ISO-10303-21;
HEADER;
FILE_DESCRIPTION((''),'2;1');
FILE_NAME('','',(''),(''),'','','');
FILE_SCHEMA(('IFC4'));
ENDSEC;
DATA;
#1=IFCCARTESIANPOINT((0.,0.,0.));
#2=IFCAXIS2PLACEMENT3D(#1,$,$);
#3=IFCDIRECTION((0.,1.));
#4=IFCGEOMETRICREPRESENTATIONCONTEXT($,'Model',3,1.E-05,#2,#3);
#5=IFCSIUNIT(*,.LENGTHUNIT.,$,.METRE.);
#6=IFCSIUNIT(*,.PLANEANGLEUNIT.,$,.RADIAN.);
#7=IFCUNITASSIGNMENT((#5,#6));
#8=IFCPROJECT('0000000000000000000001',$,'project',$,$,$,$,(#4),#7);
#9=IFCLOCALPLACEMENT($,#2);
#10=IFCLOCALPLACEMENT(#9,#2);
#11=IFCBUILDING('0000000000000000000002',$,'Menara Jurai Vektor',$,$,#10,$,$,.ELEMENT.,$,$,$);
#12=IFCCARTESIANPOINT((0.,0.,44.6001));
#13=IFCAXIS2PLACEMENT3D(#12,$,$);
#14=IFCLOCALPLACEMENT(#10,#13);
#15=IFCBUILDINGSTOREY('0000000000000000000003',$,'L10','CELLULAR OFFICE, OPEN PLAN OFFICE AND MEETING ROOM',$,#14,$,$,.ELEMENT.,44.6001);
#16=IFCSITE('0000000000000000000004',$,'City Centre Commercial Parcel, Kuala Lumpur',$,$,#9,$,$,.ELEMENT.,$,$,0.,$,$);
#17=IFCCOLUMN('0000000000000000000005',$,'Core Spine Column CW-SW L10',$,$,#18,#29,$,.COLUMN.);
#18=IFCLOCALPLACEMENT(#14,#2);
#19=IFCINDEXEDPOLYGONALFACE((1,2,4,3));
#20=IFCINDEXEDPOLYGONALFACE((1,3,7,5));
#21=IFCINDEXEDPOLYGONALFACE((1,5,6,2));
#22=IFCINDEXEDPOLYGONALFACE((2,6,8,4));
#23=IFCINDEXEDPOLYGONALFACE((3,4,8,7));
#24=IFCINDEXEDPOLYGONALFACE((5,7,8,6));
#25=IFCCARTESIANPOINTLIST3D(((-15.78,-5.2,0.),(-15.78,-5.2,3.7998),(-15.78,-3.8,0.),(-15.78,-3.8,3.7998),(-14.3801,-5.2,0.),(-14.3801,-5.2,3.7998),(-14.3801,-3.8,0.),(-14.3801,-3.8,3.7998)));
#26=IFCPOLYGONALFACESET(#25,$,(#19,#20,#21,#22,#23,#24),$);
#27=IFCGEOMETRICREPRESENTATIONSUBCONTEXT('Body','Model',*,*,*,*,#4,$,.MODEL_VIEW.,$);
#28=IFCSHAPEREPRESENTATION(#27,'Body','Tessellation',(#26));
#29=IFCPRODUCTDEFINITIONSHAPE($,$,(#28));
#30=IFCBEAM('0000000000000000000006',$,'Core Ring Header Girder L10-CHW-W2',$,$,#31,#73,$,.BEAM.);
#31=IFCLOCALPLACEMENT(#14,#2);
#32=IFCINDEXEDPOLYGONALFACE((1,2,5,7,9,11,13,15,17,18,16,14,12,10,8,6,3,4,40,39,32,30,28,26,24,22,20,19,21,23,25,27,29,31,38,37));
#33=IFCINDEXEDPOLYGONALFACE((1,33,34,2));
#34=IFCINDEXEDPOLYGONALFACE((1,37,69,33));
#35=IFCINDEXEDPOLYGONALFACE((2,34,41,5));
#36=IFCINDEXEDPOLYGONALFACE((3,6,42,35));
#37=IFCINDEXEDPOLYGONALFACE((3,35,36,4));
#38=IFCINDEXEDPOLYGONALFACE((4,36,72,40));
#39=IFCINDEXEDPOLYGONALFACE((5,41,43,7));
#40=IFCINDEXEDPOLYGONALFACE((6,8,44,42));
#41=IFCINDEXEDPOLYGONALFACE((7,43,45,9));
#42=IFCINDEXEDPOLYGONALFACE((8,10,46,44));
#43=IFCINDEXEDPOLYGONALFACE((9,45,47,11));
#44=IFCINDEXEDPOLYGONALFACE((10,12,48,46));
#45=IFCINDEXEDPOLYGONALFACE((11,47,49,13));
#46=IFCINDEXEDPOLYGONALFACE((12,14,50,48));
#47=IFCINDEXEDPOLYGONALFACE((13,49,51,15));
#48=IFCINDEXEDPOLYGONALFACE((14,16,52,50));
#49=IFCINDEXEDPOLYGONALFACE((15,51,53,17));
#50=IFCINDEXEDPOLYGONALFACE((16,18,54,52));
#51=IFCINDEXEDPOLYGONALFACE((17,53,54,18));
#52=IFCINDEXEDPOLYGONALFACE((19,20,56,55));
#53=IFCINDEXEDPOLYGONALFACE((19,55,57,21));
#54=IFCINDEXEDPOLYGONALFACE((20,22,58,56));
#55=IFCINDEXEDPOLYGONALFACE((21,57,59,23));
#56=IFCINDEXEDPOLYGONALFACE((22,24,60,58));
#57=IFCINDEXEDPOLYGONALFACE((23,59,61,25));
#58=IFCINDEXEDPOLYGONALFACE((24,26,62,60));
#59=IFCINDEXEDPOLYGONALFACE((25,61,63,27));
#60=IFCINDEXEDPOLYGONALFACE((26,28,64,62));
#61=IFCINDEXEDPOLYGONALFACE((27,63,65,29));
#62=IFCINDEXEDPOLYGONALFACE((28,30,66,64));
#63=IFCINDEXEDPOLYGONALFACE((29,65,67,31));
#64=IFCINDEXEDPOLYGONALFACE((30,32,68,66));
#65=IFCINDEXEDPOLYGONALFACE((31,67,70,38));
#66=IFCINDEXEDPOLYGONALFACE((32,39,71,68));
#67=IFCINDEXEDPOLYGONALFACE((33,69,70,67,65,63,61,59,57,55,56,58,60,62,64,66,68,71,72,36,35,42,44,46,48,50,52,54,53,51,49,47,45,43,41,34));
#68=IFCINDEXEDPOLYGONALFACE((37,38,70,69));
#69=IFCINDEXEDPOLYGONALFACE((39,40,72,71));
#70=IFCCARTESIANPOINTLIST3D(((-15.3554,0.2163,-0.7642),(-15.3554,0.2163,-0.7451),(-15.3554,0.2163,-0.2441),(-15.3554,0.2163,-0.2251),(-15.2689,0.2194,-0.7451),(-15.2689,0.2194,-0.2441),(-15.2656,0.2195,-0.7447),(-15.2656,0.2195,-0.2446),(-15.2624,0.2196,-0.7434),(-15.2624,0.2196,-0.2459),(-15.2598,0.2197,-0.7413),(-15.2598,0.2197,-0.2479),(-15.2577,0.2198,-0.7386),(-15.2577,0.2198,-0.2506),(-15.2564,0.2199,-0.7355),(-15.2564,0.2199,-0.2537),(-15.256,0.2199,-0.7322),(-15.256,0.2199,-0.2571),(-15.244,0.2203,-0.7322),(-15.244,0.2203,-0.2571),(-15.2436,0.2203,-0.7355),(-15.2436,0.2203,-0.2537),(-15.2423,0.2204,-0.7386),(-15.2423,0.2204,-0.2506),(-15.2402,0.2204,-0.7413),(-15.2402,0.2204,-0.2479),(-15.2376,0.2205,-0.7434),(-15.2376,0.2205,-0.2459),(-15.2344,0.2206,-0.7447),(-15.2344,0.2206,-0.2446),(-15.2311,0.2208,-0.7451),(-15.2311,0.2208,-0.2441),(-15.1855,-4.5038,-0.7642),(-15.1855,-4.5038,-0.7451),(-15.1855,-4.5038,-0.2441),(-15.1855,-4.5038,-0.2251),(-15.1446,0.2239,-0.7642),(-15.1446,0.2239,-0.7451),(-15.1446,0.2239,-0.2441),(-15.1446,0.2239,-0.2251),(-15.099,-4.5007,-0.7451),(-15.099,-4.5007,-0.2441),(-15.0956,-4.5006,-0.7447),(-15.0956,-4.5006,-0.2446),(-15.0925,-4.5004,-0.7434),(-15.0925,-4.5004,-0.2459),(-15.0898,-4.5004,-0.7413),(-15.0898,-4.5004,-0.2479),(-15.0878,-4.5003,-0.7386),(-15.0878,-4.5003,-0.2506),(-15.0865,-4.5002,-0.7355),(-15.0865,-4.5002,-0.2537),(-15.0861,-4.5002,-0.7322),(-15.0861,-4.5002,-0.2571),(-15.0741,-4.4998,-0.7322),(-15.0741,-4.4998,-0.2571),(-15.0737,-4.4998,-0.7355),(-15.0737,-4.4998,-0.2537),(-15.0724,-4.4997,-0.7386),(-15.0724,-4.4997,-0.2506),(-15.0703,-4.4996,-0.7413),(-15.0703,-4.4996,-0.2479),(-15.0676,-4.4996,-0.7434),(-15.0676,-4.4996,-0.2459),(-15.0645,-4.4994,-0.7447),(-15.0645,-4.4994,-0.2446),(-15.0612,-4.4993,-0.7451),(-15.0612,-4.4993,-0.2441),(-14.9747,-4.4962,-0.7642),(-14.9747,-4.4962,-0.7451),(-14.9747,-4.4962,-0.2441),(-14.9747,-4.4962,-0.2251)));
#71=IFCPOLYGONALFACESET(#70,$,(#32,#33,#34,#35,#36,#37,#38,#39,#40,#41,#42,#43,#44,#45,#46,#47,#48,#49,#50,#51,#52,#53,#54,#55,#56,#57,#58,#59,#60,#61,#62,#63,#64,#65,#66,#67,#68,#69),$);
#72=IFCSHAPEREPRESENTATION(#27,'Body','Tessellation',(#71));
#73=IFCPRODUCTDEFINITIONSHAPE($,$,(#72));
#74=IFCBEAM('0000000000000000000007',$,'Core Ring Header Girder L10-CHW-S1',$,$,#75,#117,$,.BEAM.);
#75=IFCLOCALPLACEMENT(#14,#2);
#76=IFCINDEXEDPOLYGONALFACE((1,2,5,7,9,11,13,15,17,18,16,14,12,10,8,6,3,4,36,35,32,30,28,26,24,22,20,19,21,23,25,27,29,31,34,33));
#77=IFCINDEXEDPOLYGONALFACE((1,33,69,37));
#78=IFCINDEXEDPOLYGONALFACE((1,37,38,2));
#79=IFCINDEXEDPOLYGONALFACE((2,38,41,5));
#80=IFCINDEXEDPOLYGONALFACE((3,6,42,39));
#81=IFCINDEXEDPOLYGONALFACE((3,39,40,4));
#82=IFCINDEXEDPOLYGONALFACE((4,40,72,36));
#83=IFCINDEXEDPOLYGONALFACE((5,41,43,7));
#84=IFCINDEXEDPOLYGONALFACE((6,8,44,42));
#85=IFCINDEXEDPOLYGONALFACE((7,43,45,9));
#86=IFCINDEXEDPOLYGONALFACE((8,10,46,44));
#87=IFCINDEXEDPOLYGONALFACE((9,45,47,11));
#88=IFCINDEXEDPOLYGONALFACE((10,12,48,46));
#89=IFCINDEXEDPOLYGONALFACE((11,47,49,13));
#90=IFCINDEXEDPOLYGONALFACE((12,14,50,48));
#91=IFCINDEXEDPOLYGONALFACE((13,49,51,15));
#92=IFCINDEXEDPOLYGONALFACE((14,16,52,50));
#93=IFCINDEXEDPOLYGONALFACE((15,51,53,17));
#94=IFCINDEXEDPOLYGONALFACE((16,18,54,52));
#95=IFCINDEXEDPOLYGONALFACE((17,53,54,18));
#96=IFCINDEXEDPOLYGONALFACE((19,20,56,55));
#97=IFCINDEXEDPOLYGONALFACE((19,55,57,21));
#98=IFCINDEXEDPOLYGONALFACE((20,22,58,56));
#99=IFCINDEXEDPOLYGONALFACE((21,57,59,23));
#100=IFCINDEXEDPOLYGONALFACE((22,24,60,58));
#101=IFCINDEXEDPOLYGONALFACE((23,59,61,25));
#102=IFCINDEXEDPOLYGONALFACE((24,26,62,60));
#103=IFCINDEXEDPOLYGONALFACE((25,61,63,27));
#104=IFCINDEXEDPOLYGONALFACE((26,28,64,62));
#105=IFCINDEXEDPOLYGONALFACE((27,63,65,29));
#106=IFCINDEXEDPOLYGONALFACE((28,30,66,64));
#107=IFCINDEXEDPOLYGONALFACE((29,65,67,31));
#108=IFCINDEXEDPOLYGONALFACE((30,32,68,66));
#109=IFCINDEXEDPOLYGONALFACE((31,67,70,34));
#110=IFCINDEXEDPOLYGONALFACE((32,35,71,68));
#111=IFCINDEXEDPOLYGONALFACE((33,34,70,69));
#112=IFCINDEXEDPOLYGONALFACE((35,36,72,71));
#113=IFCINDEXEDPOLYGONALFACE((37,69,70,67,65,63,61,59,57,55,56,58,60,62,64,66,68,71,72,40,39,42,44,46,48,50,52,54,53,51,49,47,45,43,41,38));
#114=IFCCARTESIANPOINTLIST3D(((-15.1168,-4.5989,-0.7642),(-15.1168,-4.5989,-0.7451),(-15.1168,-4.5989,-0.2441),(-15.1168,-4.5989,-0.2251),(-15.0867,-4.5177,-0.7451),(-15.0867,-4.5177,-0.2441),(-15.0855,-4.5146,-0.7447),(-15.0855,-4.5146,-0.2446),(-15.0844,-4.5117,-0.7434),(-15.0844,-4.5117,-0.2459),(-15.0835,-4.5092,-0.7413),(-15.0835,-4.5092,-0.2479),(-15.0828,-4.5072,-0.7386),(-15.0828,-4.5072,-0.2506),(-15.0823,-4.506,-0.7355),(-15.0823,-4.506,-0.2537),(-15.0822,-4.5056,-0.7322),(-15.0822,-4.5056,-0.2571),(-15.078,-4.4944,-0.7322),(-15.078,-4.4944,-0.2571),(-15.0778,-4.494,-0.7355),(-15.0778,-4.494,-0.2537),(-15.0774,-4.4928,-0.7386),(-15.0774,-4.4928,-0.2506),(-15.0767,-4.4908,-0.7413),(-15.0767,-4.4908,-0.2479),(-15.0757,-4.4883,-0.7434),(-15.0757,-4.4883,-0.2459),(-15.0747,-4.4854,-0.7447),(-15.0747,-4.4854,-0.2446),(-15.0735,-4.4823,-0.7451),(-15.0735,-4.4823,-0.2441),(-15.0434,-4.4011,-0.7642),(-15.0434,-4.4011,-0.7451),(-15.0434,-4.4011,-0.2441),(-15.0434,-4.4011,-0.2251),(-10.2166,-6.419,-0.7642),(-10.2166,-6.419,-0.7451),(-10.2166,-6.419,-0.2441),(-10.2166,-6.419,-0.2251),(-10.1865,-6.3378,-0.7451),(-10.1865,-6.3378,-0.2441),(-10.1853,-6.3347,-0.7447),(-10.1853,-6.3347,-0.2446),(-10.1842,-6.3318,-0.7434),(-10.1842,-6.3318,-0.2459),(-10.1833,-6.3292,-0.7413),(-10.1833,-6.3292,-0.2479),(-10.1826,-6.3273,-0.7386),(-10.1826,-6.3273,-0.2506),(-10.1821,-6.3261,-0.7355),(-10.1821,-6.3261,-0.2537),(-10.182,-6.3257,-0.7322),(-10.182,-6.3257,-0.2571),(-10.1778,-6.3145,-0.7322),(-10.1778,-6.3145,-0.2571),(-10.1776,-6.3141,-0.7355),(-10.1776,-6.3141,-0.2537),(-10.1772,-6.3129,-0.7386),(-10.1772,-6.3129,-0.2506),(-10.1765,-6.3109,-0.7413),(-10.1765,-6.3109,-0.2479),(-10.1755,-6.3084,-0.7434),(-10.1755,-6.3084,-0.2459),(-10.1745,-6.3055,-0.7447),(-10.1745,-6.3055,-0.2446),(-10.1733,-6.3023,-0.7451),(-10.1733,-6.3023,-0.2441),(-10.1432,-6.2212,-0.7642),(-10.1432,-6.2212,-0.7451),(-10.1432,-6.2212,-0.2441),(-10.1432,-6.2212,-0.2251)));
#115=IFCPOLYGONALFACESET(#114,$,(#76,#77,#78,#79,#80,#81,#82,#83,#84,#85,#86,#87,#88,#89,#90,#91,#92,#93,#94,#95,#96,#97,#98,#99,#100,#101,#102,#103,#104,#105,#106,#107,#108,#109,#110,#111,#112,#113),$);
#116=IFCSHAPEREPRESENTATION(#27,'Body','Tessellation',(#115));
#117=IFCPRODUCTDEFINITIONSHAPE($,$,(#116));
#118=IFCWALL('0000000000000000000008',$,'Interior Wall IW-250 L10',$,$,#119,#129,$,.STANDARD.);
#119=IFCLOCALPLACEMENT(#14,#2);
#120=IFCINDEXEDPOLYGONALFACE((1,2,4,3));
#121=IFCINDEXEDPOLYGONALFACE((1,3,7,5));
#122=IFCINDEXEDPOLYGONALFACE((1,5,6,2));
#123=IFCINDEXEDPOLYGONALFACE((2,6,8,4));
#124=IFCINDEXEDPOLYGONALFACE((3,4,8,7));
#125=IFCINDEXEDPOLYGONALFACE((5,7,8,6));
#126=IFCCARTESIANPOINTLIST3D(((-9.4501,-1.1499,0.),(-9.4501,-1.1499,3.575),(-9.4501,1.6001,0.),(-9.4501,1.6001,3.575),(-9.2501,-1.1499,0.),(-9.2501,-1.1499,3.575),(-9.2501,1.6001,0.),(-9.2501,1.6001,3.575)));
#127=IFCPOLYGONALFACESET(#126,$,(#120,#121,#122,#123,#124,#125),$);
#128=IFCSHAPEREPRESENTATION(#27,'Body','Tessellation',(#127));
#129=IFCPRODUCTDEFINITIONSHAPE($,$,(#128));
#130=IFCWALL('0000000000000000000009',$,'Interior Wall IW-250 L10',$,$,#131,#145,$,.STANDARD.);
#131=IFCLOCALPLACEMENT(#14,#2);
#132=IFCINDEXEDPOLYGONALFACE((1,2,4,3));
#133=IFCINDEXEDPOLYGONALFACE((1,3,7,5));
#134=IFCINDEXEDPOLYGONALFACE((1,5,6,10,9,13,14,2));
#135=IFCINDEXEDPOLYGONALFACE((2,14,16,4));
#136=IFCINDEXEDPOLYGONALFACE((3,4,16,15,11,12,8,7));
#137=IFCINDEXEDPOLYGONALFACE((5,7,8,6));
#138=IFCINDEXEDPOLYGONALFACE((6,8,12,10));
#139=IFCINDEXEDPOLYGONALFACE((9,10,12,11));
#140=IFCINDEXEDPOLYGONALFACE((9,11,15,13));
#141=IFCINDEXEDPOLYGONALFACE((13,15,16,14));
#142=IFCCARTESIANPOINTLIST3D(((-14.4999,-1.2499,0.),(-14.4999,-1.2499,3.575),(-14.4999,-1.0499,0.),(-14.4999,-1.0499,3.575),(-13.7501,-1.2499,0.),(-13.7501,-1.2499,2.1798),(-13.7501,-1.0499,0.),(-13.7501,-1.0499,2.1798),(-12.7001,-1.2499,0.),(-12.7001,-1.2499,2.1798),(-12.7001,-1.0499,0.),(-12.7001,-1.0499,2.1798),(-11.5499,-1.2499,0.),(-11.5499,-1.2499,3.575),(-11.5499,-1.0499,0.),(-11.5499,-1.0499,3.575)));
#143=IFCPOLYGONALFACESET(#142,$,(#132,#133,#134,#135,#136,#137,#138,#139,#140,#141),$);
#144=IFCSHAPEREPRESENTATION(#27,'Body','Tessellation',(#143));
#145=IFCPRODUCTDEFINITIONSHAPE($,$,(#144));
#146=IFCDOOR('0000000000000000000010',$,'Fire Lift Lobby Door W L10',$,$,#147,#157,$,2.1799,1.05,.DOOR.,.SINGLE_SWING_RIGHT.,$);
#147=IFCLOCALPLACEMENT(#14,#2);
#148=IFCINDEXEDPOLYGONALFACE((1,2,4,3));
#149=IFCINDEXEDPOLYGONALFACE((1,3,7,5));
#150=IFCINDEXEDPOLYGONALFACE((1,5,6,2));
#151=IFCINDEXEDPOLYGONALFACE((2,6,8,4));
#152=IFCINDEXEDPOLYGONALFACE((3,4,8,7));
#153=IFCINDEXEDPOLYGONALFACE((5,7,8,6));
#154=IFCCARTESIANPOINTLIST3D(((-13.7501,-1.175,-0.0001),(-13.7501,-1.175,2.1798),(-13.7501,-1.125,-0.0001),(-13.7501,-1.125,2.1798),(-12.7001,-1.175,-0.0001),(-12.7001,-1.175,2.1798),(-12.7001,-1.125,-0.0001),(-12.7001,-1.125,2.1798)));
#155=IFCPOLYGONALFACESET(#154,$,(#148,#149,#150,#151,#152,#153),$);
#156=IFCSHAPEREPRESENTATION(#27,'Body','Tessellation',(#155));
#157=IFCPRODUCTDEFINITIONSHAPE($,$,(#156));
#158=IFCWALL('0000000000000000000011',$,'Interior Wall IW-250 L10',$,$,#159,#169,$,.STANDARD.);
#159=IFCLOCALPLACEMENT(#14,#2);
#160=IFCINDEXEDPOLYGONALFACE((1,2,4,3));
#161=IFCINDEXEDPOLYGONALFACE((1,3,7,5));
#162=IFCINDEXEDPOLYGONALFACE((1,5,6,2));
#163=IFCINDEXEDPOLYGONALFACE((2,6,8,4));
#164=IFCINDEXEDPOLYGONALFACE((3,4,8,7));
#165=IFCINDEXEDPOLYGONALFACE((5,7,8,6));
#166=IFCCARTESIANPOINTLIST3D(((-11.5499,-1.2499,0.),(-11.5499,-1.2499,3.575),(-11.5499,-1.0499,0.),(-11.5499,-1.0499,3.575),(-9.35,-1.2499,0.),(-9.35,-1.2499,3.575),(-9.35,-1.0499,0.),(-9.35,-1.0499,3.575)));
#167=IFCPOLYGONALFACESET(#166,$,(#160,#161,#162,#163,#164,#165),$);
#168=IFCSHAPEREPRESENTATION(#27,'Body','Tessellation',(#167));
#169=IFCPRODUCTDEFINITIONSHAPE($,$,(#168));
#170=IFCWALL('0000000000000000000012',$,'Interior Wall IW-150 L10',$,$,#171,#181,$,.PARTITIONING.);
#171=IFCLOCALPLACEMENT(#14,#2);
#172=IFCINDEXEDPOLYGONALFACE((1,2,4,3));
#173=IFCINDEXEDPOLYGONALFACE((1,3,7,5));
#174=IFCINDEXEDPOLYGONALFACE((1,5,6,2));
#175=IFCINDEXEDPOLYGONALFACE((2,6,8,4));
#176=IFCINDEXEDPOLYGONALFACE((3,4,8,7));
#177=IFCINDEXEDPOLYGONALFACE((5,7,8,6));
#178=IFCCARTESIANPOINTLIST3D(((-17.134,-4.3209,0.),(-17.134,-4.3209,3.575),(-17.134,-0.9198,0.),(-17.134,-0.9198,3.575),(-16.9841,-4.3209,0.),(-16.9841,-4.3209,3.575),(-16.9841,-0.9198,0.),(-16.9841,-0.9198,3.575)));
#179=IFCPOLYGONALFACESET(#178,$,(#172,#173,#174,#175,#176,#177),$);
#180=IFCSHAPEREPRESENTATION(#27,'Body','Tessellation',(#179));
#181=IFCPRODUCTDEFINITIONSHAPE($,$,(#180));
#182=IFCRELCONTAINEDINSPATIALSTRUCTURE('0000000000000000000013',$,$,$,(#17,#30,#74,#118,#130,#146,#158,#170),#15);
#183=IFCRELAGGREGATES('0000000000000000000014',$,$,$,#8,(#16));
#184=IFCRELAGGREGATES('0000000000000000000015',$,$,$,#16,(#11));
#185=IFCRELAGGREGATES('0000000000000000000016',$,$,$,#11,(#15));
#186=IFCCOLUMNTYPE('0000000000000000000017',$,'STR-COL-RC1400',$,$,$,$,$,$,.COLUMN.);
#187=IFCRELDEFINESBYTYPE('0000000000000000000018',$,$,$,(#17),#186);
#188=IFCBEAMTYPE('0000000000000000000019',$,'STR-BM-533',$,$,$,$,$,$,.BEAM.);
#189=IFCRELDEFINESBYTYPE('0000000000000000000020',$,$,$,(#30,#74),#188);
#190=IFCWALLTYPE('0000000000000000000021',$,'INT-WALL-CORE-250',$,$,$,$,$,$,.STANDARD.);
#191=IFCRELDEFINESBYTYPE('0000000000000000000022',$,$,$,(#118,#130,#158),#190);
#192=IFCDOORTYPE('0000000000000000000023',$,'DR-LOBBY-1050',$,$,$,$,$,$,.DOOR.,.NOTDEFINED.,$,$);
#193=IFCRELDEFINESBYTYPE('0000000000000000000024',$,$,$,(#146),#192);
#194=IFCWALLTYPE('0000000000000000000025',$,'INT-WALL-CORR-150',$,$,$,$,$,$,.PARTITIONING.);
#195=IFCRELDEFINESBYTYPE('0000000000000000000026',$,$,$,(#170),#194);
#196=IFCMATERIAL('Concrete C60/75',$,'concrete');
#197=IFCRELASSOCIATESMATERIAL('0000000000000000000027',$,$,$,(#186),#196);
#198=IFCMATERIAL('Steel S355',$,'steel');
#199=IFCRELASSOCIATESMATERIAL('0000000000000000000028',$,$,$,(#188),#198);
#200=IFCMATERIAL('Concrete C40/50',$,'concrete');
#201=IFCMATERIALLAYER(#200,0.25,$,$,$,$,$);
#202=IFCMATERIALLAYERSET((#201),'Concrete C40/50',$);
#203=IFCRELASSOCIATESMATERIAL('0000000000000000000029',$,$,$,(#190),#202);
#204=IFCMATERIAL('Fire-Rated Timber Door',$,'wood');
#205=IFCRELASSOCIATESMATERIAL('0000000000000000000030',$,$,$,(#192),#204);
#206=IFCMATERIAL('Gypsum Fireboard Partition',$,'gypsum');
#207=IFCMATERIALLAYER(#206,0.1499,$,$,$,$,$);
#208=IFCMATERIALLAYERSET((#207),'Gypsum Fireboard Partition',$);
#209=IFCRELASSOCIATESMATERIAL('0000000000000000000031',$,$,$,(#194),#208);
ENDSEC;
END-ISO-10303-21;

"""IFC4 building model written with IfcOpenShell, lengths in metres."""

from ifc_helpers import new_model, si_unit, direction, frame, frame_2d, origin, origin_2d, place, context, subcontext, project, spatial, rectangle, i_section, extrude, material, layer, layer_set, material_profile, profile_set, type_object, element, fill, save


model = new_model("IFC4")

# Units and contexts
model_context = context("Model", 3, precision=1e-05, world=origin(), true_north=direction((0.0, 1.0)))
body_context = subcontext(model_context, "Body", "Model", "MODEL_VIEW")
ifc_project = project(units=[si_unit("LENGTHUNIT", "METRE"), si_unit("PLANEANGLEUNIT", "RADIAN")], contexts=[model_context])

# Site, building, storey
site_placement = place(None, origin())
site = spatial("IfcSite", under=ifc_project, at=site_placement, Name="City Centre Commercial Parcel, Kuala Lumpur", CompositionType="ELEMENT", RefElevation=0.0)
building_placement = place(site_placement, origin())
building = spatial("IfcBuilding", under=site, at=building_placement, Name="Menara Jurai Vektor", CompositionType="ELEMENT")
storey_placement = place(building_placement, frame((0.0, 0.0, 44.6001)))
storey = spatial("IfcBuildingStorey", under=building, at=storey_placement, Name="L10", Description="CELLULAR OFFICE, OPEN PLAN OFFICE AND MEETING ROOM", CompositionType="ELEMENT", Elevation=44.6001)

# Column
ifc_material_1 = material(Name="Concrete C60/75", Category="concrete")
ifc_material_profile_1 = material_profile(ifc_material_1, rectangle(XDim=1.3999, YDim=1.3999, at=origin_2d()), Name="RC 1400x1400")
ifc_profile_set_1 = profile_set([ifc_material_profile_1], Name="Concrete C60/75")
column_type = type_object("IfcColumnType", Name="STR-COL-RC1400", PredefinedType="COLUMN", material=ifc_profile_set_1)
column_placement = place(storey_placement, frame((-15.0801, -4.5, 0.0), z_axis=(0.0, 0.0, 1.0), x_axis=(1.0, 0.0, 0.0)))
element("IfcColumn", 1, at=column_placement, inside=storey, type_object=column_type, Name="Core Spine Column CW-SW L10", PredefinedType="COLUMN", context=body_context, shape_type="SweptSolid", body=[
    extrude(rectangle(XDim=1.3999, YDim=1.3999, at=origin_2d()), origin(), (0.0, 0.0, 1.0), 3.7998),
])

# Beams
ifc_material_2 = material(Name="Steel S355", Category="steel")
ifc_material_profile_2 = material_profile(ifc_material_2, i_section(OverallWidth=0.2109, OverallDepth=0.5391, WebThickness=0.012, FlangeThickness=0.019, FilletRadius=0.0129, at=origin_2d()), Name="UKB 533x210x109")
ifc_profile_set_2 = profile_set([ifc_material_profile_2], Name="Steel S355")
beam_type = type_object("IfcBeamType", Name="STR-BM-533", PredefinedType="BEAM", material=ifc_profile_set_2)
beam_1_placement = place(storey_placement, frame((-15.0801, -4.5, -0.4946), z_axis=(-0.035977, 0.999353, 0.0), x_axis=(-0.999353, -0.035977, 0.0)))
element("IfcBeam", 2, at=beam_1_placement, inside=storey, type_object=beam_type, Name="Core Ring Header Girder L10-CHW-W2", PredefinedType="BEAM", context=body_context, shape_type="SweptSolid", body=[
    extrude(i_section(OverallWidth=0.2109, OverallDepth=0.5391, WebThickness=0.012, FlangeThickness=0.019, FilletRadius=0.0129, at=origin_2d()), origin(), (0.0, 0.0, 1.0), 4.7231),
])
beam_2_placement = place(storey_placement, frame((-15.0801, -4.5, -0.4946), z_axis=(0.937424, -0.348189, 0.0), x_axis=(0.348189, 0.937424, 0.0)))
element("IfcBeam", 3, at=beam_2_placement, inside=storey, type_object=beam_type, Name="Core Ring Header Girder L10-CHW-S1", PredefinedType="BEAM", context=body_context, shape_type="SweptSolid", body=[
    extrude(i_section(OverallWidth=0.2109, OverallDepth=0.5391, WebThickness=0.012, FlangeThickness=0.019, FilletRadius=0.0129, at=origin_2d()), origin(), (0.0, 0.0, 1.0), 5.2273),
])

# Shared definitions
ifc_material_3 = material(Name="Concrete C40/50", Category="concrete")
ifc_layer_1 = layer(ifc_material_3, 0.25)
ifc_layer_set_1 = layer_set([ifc_layer_1], Name="Concrete C40/50")
wall_type_1 = type_object("IfcWallType", Name="INT-WALL-CORE-250", PredefinedType="STANDARD", material=ifc_layer_set_1)

# Wall
wall_1_placement = place(storey_placement, frame((-9.3501, -1.1499, 0.0), z_axis=(0.0, 0.0, 1.0), x_axis=(0.0, 1.0, 0.0)))
element("IfcWall", 4, at=wall_1_placement, inside=storey, type_object=wall_type_1, Name="Interior Wall IW-250 L10", PredefinedType="STANDARD", context=body_context, shape_type="SweptSolid", body=[
    extrude(rectangle(XDim=2.75, YDim=0.2, at=frame_2d((1.375, 0.0))), origin(), (0.0, 0.0, 1.0), 3.575),
])

# Wall, opening, door
wall_2_placement = place(storey_placement, frame((-14.5, -1.1499, 0.0), z_axis=(0.0, 0.0, 1.0), x_axis=(1.0, 0.0, 0.0)))
wall_2 = element("IfcWall", 5, at=wall_2_placement, inside=storey, type_object=wall_type_1, Name="Interior Wall IW-250 L10", PredefinedType="STANDARD", context=body_context, shape_type="SweptSolid", body=[
    extrude(rectangle(XDim=2.95, YDim=0.2, at=frame_2d((1.4751, 0.0))), origin(), (0.0, 0.0, 1.0), 3.575),
])
opening_1_placement = place(wall_2_placement, frame((0.75, 0.0, 0.0)))
opening_1 = element("IfcOpeningElement", 6, at=opening_1_placement, cuts=wall_2, PredefinedType="OPENING", context=body_context, shape_type="SweptSolid", body=[
    extrude(rectangle(XDim=1.05, YDim=2.1799, at=frame_2d((0.5249, 1.0898))), frame((0.0, 0.1099, 0.0), z_axis=(0.0, -1.0, 0.0), x_axis=(1.0, 0.0, 0.0)), (0.0, 0.0, 1.0), 0.22),
])
ifc_material_4 = material(Name="Fire-Rated Timber Door", Category="wood")
door_type_1 = type_object("IfcDoorType", Name="DR-LOBBY-1050", OperationType="NOTDEFINED", PredefinedType="DOOR", material=ifc_material_4)
door_1_placement = place(opening_1_placement, origin())
door_1 = element("IfcDoor", 7, at=door_1_placement, inside=storey, type_object=door_type_1, Name="Fire Lift Lobby Door W L10", OperationType="SINGLE_SWING_RIGHT", OverallHeight=2.1799, OverallWidth=1.05, PredefinedType="DOOR", context=body_context, shape_type="SweptSolid", body=[
    extrude(rectangle(XDim=1.05, YDim=2.1799, at=frame_2d((0.5249, 1.0898))), frame((0.0, 0.0249, 0.0), z_axis=(0.0, -1.0, 0.0), x_axis=(1.0, 0.0, 0.0)), (0.0, 0.0, 1.0), 0.05),
])
fill(opening_1, door_1)

# Walls
wall_3_placement = place(storey_placement, frame((-11.55, -1.1499, 0.0), z_axis=(0.0, 0.0, 1.0), x_axis=(1.0, 0.0, 0.0)))
element("IfcWall", 8, at=wall_3_placement, inside=storey, type_object=wall_type_1, Name="Interior Wall IW-250 L10", PredefinedType="STANDARD", context=body_context, shape_type="SweptSolid", body=[
    extrude(rectangle(XDim=2.2, YDim=0.2, at=frame_2d((1.1001, 0.0))), origin(), (0.0, 0.0, 1.0), 3.575),
])
ifc_material_5 = material(Name="Gypsum Fireboard Partition", Category="gypsum")
ifc_layer_2 = layer(ifc_material_5, 0.1499)
ifc_layer_set_2 = layer_set([ifc_layer_2], Name="Gypsum Fireboard Partition")
wall_type_2 = type_object("IfcWallType", Name="INT-WALL-CORR-150", PredefinedType="PARTITIONING", material=ifc_layer_set_2)
wall_4_placement = place(storey_placement, frame((-17.0591, -4.321, 0.0), z_axis=(0.0, 0.0, 1.0), x_axis=(0.0, 1.0, 0.0)))
element("IfcWall", 9, at=wall_4_placement, inside=storey, type_object=wall_type_2, Name="Interior Wall IW-150 L10", PredefinedType="PARTITIONING", context=body_context, shape_type="SweptSolid", body=[
    extrude(rectangle(XDim=3.4011, YDim=0.1499, at=frame_2d((1.7007, 0.0))), origin(), (0.0, 0.0, 1.0), 3.575),
])

save(model, "model.ifc")
